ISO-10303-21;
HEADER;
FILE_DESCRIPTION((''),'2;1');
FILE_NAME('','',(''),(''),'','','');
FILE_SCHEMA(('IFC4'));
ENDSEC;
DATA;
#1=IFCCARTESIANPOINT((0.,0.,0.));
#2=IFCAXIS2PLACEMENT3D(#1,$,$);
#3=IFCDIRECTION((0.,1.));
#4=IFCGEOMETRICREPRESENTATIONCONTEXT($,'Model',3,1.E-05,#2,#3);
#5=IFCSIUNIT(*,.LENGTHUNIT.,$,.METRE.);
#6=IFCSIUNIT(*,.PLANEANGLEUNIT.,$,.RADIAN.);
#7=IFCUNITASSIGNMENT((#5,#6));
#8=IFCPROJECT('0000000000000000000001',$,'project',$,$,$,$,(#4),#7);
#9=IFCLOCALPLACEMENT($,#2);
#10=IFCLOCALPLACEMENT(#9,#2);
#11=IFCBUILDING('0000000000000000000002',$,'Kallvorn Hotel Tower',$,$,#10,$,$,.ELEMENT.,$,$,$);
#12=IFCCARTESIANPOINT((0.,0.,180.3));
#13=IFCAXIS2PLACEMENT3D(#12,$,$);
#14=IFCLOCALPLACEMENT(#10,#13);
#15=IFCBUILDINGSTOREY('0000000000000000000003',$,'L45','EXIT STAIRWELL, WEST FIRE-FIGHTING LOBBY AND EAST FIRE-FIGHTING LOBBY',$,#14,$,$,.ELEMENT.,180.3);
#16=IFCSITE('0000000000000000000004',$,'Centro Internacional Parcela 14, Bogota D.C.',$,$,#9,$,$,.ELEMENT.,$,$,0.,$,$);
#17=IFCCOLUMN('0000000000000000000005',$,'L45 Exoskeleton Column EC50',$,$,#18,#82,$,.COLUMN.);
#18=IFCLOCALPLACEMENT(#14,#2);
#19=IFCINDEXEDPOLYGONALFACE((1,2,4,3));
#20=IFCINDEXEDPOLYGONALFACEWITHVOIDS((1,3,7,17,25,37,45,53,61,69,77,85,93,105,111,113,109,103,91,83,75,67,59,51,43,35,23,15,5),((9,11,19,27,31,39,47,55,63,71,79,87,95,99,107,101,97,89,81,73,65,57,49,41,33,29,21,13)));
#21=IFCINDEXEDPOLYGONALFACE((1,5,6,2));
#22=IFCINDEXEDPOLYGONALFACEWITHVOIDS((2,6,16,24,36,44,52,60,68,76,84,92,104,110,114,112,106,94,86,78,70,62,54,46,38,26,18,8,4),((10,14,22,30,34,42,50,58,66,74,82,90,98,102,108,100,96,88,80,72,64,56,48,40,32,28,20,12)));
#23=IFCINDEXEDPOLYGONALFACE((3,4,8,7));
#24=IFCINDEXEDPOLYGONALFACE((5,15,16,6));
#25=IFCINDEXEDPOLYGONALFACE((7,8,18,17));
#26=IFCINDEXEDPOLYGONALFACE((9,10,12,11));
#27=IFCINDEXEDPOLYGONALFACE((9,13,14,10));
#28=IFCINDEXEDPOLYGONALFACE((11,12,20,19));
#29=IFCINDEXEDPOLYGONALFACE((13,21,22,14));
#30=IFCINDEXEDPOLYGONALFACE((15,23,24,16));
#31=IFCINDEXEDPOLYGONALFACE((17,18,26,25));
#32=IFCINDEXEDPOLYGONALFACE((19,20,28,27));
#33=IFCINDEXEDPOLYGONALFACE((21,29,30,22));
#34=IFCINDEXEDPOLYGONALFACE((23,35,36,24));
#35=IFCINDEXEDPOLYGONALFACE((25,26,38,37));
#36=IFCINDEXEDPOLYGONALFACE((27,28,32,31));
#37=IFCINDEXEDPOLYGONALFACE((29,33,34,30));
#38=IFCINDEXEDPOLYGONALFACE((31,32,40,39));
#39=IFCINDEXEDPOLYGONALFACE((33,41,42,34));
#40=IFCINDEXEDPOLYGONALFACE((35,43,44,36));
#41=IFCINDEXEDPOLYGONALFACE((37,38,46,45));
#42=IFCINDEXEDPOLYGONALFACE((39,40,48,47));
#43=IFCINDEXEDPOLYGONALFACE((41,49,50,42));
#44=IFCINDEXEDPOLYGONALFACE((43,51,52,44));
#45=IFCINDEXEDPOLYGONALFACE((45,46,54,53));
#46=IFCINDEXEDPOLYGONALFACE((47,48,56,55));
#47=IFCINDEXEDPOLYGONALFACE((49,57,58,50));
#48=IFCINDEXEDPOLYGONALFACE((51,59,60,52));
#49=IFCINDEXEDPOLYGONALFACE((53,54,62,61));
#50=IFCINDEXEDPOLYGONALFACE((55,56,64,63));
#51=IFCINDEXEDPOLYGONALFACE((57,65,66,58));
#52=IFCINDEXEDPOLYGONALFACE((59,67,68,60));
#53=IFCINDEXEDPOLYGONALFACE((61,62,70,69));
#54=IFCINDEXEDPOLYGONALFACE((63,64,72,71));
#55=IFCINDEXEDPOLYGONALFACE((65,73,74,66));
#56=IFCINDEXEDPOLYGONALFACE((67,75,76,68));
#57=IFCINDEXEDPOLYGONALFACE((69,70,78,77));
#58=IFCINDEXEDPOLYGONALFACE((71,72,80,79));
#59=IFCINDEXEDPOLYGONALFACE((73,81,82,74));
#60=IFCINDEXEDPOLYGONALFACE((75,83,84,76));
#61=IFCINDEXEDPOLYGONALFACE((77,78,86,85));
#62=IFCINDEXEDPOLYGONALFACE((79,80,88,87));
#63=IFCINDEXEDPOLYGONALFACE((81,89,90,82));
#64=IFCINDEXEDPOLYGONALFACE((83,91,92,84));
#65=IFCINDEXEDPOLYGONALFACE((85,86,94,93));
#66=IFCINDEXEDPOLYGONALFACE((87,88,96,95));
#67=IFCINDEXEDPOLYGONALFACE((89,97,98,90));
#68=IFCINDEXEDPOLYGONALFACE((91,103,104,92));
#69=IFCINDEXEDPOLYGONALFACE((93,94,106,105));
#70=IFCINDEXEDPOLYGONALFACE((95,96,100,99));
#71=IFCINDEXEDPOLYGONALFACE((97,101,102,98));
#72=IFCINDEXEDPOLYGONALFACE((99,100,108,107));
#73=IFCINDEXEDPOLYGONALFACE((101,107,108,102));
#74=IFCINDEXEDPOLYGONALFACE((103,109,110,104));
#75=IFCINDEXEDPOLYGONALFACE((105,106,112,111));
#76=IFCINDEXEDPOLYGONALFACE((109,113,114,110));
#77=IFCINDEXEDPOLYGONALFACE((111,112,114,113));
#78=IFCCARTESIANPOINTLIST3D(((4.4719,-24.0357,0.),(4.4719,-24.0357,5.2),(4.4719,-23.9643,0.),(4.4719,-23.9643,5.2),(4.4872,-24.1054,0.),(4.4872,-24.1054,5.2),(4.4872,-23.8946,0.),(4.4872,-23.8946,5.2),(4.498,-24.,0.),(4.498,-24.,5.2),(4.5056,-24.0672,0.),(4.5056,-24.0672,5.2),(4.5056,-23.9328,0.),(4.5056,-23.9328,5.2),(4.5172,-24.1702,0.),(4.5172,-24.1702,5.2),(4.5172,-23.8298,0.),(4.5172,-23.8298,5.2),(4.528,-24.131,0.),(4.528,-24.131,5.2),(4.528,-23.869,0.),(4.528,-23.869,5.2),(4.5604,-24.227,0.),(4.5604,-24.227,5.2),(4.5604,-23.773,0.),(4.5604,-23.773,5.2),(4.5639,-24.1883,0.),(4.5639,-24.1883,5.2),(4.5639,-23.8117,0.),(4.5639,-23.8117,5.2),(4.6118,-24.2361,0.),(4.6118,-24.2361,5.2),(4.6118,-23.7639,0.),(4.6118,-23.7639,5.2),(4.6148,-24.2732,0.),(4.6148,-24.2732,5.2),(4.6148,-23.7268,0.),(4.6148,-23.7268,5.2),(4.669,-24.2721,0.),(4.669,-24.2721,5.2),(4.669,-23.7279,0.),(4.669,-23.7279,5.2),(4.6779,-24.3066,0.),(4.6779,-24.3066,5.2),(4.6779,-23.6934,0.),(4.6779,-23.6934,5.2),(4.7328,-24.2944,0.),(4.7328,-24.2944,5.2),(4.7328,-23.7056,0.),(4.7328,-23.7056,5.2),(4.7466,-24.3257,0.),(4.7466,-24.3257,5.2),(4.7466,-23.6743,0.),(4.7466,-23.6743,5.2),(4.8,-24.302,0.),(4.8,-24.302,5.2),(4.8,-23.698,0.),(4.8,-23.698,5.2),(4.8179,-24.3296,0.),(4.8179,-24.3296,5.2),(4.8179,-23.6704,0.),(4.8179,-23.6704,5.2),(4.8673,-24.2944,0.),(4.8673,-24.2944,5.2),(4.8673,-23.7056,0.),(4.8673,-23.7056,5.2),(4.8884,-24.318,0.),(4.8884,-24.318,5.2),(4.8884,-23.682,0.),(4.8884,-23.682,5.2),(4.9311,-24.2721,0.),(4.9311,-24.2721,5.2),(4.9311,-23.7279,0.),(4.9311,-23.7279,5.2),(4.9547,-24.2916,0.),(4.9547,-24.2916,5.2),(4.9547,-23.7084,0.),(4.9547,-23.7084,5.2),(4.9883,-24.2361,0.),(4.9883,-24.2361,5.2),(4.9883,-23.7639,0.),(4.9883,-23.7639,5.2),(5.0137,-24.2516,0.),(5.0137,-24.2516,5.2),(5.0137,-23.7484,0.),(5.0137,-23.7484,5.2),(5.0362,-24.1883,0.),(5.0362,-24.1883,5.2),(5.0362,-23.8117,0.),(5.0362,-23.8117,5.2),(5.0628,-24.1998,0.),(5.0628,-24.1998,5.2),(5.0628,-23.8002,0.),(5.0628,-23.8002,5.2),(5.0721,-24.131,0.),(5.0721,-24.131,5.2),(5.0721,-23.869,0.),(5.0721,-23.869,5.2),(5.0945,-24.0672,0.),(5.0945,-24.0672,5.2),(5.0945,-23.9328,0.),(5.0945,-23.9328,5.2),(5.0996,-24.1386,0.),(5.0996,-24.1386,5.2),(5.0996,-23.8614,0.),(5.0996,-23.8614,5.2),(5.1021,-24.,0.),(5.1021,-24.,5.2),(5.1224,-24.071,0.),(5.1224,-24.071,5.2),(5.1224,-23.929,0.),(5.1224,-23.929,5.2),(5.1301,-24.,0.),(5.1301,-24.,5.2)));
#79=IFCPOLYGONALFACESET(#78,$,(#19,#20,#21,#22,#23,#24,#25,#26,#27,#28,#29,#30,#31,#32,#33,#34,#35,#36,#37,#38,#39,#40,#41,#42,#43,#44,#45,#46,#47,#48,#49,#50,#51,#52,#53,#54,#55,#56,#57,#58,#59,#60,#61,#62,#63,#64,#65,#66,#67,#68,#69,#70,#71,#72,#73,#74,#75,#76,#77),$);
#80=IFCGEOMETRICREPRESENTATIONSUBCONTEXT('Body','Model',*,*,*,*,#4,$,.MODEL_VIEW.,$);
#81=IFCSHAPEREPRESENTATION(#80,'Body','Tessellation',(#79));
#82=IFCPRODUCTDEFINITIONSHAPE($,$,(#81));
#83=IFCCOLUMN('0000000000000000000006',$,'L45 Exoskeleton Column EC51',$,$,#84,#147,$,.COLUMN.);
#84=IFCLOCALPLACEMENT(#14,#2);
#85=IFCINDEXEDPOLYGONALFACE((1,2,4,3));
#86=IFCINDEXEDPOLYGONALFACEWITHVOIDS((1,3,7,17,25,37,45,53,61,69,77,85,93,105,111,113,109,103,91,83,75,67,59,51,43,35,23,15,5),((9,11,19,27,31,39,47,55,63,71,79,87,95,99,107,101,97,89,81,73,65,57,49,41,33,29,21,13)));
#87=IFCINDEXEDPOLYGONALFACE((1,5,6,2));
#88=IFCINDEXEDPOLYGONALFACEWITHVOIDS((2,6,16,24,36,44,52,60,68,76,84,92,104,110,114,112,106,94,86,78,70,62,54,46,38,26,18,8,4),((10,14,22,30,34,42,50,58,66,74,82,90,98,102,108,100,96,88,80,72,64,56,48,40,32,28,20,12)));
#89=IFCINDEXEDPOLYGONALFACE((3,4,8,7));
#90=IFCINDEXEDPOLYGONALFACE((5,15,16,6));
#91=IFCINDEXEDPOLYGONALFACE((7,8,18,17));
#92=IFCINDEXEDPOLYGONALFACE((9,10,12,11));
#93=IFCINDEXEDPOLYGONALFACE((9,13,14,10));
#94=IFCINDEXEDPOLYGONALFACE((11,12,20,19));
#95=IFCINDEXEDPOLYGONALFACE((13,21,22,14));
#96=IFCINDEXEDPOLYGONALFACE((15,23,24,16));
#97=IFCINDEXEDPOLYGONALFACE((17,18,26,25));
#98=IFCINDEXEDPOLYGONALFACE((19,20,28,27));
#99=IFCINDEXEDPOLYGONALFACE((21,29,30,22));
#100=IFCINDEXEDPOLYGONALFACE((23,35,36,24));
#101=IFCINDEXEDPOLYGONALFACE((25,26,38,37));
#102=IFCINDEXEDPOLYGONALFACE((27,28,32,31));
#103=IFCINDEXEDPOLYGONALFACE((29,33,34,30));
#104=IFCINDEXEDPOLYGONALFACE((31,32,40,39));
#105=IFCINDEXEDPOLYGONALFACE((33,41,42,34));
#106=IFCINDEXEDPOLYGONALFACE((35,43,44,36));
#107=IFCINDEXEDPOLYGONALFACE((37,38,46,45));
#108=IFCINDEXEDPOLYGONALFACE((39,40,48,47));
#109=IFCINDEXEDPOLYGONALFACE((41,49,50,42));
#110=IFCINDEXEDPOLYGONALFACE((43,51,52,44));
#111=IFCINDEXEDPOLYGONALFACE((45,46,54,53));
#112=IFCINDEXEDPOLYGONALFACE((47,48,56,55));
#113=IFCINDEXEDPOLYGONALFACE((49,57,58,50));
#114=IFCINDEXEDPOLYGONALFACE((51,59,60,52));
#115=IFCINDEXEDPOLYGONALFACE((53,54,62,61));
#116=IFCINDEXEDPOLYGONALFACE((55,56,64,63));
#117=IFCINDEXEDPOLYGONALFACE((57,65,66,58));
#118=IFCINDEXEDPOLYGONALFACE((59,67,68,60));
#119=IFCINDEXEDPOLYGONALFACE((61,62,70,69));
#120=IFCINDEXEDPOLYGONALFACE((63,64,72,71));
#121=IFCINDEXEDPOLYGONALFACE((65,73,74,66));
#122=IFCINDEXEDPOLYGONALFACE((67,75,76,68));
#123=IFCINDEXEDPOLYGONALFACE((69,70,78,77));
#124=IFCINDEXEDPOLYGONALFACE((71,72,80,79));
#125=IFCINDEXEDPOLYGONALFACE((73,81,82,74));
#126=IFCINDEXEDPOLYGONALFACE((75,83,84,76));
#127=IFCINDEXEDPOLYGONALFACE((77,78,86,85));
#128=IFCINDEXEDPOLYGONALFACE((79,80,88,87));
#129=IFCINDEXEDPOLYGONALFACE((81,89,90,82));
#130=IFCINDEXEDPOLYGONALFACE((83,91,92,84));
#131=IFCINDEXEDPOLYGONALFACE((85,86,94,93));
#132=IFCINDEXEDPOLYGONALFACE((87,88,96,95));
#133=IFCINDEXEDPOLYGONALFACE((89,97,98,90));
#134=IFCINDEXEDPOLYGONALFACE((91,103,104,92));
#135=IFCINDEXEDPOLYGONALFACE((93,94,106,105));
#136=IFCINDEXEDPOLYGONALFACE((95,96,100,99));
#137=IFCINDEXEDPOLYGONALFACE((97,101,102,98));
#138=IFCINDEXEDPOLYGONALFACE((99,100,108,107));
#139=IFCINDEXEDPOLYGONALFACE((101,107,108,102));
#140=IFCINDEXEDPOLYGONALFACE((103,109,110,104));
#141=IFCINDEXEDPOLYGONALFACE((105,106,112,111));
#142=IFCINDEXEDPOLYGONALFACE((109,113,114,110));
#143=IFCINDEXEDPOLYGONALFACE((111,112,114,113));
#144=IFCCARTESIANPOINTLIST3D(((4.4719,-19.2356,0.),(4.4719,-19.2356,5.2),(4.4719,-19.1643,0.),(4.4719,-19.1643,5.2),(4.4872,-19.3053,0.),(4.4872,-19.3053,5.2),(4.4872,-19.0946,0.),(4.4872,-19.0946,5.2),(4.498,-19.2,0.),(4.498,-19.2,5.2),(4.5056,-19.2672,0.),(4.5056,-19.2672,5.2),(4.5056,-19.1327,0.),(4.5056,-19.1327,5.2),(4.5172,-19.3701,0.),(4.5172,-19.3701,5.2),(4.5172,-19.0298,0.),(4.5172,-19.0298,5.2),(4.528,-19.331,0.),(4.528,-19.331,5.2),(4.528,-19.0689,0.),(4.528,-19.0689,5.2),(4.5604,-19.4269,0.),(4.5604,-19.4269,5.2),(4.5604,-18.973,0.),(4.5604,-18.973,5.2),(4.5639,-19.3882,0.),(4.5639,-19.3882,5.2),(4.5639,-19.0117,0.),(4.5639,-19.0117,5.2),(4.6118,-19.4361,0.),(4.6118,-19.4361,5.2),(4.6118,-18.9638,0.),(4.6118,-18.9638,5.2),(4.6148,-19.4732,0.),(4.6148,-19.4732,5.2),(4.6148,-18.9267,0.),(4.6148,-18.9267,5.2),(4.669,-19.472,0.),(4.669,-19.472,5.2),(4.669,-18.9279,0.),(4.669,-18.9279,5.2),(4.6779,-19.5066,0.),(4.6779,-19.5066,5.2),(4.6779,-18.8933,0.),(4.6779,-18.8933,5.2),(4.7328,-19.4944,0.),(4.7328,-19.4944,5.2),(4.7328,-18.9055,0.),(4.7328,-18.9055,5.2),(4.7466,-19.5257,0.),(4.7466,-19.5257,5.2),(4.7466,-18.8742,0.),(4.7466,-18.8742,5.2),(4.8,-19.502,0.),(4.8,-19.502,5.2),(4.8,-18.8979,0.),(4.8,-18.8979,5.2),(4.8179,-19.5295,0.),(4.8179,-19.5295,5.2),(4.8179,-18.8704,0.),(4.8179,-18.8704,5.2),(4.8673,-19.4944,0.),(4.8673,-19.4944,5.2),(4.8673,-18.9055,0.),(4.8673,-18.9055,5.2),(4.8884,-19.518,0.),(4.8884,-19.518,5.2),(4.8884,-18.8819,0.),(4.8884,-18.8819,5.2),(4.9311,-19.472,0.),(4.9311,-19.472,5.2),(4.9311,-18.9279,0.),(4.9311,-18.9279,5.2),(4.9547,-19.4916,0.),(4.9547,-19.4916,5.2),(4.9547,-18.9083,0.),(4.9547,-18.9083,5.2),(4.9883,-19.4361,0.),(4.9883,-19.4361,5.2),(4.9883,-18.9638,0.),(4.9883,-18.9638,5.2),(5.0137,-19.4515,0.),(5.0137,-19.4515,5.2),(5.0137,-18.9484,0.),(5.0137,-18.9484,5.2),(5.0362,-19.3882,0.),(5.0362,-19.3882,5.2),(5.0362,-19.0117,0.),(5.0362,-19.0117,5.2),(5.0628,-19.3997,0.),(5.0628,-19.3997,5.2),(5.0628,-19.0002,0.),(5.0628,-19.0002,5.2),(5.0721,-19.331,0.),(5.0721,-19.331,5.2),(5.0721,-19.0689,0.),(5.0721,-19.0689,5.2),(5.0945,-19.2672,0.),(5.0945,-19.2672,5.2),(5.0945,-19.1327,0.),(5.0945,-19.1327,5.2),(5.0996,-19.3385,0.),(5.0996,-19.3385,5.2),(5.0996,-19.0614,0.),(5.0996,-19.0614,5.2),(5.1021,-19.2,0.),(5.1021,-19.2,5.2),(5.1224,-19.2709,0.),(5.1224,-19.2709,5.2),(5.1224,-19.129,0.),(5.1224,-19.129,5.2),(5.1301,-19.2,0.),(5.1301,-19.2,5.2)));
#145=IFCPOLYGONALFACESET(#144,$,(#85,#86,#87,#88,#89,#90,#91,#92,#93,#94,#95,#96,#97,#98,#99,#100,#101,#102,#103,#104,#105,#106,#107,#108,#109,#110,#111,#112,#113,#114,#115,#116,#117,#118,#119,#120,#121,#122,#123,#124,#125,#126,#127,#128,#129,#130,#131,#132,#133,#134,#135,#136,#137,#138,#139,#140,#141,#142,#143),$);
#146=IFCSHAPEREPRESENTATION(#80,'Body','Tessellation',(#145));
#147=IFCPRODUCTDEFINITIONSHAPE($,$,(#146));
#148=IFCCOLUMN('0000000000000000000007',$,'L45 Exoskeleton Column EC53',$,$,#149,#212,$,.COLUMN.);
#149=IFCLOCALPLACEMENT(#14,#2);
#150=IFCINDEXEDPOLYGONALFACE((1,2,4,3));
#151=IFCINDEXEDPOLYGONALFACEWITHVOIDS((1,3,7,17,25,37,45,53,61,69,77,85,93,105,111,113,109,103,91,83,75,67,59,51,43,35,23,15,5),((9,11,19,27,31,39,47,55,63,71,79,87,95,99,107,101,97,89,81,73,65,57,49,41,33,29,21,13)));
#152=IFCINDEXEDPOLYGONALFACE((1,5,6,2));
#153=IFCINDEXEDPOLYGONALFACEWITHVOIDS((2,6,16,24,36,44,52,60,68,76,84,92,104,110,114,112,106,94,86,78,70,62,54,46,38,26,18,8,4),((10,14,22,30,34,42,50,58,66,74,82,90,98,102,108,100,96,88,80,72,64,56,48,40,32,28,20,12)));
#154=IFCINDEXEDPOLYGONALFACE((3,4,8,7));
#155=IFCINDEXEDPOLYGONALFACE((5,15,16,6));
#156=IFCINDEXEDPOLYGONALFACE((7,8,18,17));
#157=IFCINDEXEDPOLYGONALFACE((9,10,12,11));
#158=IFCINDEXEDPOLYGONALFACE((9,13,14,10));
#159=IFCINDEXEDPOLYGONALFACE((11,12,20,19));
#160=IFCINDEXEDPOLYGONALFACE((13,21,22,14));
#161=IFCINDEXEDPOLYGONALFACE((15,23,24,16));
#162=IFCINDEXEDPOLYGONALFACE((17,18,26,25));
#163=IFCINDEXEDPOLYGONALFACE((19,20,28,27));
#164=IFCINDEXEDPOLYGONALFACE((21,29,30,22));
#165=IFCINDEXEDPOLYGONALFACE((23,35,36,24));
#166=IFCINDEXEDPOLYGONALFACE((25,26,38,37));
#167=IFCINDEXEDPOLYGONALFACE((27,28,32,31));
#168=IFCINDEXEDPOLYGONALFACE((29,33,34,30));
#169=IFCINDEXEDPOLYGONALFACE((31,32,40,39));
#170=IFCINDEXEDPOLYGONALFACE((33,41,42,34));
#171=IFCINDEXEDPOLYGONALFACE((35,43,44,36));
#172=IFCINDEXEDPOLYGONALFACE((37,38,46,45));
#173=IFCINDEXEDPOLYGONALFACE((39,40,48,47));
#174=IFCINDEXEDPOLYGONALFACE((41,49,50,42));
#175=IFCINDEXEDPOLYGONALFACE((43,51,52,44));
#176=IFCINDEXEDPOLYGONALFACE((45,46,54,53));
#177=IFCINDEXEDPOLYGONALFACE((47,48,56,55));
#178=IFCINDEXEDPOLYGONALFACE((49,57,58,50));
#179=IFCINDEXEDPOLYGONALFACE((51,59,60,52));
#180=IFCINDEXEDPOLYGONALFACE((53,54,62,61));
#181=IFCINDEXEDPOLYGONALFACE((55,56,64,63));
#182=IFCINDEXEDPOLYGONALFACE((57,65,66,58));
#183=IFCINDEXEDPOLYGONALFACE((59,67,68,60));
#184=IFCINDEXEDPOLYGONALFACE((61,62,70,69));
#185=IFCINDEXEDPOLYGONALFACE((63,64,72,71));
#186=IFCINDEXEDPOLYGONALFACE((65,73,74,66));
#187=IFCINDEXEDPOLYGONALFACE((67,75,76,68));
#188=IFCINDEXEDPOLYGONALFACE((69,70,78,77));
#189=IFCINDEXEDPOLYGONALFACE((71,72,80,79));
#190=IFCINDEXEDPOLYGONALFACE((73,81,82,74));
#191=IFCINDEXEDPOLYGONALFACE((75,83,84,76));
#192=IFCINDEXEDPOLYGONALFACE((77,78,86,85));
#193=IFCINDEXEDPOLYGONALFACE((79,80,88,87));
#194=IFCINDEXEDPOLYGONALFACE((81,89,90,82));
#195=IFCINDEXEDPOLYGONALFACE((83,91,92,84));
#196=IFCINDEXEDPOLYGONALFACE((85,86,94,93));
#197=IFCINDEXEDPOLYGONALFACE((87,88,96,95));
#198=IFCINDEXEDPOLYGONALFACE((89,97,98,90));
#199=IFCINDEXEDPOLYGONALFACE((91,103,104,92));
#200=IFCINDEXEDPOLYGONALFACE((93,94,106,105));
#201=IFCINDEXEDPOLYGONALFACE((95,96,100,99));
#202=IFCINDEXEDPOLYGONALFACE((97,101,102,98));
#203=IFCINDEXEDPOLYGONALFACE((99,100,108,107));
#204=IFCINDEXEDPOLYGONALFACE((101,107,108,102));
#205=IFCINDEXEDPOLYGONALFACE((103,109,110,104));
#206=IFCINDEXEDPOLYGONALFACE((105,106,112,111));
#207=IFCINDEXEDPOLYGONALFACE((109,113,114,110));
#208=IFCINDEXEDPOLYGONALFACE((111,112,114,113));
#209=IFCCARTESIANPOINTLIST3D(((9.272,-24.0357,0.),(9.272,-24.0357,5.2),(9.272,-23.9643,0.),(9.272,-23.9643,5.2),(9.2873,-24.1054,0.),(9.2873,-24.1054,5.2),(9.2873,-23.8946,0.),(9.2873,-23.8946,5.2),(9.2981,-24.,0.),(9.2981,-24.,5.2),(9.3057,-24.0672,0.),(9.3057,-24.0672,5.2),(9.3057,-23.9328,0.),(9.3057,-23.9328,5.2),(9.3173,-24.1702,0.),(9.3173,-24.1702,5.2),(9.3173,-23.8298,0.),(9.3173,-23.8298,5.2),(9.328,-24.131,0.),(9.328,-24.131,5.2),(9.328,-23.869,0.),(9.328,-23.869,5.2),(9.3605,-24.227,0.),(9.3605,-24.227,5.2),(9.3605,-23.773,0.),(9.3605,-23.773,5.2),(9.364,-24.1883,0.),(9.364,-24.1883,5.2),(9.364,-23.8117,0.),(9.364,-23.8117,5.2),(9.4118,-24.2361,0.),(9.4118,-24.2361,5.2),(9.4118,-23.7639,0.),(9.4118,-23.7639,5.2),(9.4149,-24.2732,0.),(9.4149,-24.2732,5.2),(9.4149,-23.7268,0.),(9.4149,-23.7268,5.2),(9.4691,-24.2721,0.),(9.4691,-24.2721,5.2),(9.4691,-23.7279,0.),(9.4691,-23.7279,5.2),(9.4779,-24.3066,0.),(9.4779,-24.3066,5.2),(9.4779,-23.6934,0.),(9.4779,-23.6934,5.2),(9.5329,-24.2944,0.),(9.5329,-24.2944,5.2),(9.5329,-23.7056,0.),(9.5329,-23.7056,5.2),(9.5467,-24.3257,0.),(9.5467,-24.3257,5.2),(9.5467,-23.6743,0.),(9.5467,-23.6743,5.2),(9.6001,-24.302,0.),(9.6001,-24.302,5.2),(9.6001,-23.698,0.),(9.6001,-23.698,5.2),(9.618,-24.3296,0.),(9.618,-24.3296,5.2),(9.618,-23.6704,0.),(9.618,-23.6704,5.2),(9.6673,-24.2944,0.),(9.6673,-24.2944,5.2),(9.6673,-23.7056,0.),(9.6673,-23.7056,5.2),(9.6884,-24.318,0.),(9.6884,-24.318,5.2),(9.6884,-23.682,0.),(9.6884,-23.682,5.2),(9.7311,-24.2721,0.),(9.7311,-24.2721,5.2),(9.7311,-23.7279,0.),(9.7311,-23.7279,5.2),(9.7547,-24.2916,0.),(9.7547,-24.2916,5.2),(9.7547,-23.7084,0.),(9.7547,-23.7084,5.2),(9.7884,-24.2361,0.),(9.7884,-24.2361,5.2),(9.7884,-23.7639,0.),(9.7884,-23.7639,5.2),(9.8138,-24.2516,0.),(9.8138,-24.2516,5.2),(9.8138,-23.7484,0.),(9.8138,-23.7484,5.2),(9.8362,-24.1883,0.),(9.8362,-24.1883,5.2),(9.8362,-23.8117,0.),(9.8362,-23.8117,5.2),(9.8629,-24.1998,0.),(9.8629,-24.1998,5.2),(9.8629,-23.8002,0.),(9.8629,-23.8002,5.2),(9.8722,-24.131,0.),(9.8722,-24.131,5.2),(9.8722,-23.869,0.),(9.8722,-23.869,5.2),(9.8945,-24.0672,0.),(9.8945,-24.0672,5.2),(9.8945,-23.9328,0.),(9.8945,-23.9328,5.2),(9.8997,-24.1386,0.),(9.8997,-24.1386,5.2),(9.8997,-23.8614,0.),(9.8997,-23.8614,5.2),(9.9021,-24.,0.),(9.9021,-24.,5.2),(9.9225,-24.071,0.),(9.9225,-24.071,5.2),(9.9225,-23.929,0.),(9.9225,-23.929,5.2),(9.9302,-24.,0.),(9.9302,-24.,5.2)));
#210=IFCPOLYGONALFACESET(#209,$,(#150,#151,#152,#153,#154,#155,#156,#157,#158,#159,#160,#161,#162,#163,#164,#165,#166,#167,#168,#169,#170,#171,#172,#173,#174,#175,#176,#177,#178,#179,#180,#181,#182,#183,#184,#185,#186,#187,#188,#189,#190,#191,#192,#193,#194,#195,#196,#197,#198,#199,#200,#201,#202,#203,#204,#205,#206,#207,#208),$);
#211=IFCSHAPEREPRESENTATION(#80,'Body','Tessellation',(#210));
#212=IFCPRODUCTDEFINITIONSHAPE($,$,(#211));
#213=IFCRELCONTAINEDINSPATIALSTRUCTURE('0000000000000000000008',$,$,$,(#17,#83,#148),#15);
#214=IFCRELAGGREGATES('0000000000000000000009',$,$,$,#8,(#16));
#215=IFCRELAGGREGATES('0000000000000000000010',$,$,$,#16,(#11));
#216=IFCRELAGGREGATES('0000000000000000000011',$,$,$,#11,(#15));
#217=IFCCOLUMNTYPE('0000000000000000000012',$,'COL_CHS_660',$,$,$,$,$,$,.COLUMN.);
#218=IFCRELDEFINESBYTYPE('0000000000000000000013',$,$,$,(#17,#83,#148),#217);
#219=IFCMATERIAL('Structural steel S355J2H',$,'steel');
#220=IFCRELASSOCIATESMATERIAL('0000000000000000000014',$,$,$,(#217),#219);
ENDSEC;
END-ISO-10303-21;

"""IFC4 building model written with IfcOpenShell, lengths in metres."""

from ifc_helpers import new_model, si_unit, direction, frame, origin, origin_2d, place, context, subcontext, project, spatial, hollow_circle, extrude, material, material_profile, profile_set, type_object, element, save


model = new_model("IFC4")

# Units and contexts
model_context = context("Model", 3, precision=1e-05, world=origin(), true_north=direction((0.0, 1.0)))
body_context = subcontext(model_context, "Body", "Model", "MODEL_VIEW")
ifc_project = project(units=[si_unit("LENGTHUNIT", "METRE"), si_unit("PLANEANGLEUNIT", "RADIAN")], contexts=[model_context])

# Site, building, storey
site_placement = place(None, origin())
site = spatial("IfcSite", under=ifc_project, at=site_placement, Name="Centro Internacional Parcela 14, Bogota D.C.", CompositionType="ELEMENT", RefElevation=0.0)
building_placement = place(site_placement, origin())
building = spatial("IfcBuilding", under=site, at=building_placement, Name="Kallvorn Hotel Tower", CompositionType="ELEMENT")
storey_placement = place(building_placement, frame((0.0, 0.0, 180.3)))
storey = spatial("IfcBuildingStorey", under=building, at=storey_placement, Name="L45", Description="EXIT STAIRWELL, WEST FIRE-FIGHTING LOBBY AND EAST FIRE-FIGHTING LOBBY", CompositionType="ELEMENT", Elevation=180.3)

# Columns
ifc_material_1 = material(Name="Structural steel S355J2H", Category="steel")
ifc_material_profile_1 = material_profile(ifc_material_1, hollow_circle(Radius=0.3301, WallThickness=0.0281, at=origin_2d()), Name="CHS 660x28")
ifc_profile_set_1 = profile_set([ifc_material_profile_1], Name="Structural steel S355J2H")
column_type_1 = type_object("IfcColumnType", Name="COL_CHS_660", PredefinedType="COLUMN", material=ifc_profile_set_1)
for number, where, z_axis, x_axis, name in (
    (1, (4.8, -24.0, 0.0), (0.0, 0.0, 1.0), (1.0, 0.0, 0.0), "L45 Exoskeleton Column EC50"),
    (2, (4.8, -19.2, 0.0), (0.0, 0.0, 1.0), (1.0, 0.0, 0.0), "L45 Exoskeleton Column EC51"),
    (3, (9.6001, -24.0, 0.0), (0.0, 0.0, 1.0), (1.0, 0.0, 0.0), "L45 Exoskeleton Column EC53"),
):
    element("IfcColumn", number, at=place(storey_placement, frame(where, z_axis=z_axis, x_axis=x_axis)), inside=storey, type_object=column_type_1, Name=name, PredefinedType="COLUMN", context=body_context, shape_type="SweptSolid", body=[
        extrude(hollow_circle(Radius=0.3301, WallThickness=0.0281, at=origin_2d()), origin(), (0.0, 0.0, 1.0), 5.2),
    ])

save(model, "model.ifc")
